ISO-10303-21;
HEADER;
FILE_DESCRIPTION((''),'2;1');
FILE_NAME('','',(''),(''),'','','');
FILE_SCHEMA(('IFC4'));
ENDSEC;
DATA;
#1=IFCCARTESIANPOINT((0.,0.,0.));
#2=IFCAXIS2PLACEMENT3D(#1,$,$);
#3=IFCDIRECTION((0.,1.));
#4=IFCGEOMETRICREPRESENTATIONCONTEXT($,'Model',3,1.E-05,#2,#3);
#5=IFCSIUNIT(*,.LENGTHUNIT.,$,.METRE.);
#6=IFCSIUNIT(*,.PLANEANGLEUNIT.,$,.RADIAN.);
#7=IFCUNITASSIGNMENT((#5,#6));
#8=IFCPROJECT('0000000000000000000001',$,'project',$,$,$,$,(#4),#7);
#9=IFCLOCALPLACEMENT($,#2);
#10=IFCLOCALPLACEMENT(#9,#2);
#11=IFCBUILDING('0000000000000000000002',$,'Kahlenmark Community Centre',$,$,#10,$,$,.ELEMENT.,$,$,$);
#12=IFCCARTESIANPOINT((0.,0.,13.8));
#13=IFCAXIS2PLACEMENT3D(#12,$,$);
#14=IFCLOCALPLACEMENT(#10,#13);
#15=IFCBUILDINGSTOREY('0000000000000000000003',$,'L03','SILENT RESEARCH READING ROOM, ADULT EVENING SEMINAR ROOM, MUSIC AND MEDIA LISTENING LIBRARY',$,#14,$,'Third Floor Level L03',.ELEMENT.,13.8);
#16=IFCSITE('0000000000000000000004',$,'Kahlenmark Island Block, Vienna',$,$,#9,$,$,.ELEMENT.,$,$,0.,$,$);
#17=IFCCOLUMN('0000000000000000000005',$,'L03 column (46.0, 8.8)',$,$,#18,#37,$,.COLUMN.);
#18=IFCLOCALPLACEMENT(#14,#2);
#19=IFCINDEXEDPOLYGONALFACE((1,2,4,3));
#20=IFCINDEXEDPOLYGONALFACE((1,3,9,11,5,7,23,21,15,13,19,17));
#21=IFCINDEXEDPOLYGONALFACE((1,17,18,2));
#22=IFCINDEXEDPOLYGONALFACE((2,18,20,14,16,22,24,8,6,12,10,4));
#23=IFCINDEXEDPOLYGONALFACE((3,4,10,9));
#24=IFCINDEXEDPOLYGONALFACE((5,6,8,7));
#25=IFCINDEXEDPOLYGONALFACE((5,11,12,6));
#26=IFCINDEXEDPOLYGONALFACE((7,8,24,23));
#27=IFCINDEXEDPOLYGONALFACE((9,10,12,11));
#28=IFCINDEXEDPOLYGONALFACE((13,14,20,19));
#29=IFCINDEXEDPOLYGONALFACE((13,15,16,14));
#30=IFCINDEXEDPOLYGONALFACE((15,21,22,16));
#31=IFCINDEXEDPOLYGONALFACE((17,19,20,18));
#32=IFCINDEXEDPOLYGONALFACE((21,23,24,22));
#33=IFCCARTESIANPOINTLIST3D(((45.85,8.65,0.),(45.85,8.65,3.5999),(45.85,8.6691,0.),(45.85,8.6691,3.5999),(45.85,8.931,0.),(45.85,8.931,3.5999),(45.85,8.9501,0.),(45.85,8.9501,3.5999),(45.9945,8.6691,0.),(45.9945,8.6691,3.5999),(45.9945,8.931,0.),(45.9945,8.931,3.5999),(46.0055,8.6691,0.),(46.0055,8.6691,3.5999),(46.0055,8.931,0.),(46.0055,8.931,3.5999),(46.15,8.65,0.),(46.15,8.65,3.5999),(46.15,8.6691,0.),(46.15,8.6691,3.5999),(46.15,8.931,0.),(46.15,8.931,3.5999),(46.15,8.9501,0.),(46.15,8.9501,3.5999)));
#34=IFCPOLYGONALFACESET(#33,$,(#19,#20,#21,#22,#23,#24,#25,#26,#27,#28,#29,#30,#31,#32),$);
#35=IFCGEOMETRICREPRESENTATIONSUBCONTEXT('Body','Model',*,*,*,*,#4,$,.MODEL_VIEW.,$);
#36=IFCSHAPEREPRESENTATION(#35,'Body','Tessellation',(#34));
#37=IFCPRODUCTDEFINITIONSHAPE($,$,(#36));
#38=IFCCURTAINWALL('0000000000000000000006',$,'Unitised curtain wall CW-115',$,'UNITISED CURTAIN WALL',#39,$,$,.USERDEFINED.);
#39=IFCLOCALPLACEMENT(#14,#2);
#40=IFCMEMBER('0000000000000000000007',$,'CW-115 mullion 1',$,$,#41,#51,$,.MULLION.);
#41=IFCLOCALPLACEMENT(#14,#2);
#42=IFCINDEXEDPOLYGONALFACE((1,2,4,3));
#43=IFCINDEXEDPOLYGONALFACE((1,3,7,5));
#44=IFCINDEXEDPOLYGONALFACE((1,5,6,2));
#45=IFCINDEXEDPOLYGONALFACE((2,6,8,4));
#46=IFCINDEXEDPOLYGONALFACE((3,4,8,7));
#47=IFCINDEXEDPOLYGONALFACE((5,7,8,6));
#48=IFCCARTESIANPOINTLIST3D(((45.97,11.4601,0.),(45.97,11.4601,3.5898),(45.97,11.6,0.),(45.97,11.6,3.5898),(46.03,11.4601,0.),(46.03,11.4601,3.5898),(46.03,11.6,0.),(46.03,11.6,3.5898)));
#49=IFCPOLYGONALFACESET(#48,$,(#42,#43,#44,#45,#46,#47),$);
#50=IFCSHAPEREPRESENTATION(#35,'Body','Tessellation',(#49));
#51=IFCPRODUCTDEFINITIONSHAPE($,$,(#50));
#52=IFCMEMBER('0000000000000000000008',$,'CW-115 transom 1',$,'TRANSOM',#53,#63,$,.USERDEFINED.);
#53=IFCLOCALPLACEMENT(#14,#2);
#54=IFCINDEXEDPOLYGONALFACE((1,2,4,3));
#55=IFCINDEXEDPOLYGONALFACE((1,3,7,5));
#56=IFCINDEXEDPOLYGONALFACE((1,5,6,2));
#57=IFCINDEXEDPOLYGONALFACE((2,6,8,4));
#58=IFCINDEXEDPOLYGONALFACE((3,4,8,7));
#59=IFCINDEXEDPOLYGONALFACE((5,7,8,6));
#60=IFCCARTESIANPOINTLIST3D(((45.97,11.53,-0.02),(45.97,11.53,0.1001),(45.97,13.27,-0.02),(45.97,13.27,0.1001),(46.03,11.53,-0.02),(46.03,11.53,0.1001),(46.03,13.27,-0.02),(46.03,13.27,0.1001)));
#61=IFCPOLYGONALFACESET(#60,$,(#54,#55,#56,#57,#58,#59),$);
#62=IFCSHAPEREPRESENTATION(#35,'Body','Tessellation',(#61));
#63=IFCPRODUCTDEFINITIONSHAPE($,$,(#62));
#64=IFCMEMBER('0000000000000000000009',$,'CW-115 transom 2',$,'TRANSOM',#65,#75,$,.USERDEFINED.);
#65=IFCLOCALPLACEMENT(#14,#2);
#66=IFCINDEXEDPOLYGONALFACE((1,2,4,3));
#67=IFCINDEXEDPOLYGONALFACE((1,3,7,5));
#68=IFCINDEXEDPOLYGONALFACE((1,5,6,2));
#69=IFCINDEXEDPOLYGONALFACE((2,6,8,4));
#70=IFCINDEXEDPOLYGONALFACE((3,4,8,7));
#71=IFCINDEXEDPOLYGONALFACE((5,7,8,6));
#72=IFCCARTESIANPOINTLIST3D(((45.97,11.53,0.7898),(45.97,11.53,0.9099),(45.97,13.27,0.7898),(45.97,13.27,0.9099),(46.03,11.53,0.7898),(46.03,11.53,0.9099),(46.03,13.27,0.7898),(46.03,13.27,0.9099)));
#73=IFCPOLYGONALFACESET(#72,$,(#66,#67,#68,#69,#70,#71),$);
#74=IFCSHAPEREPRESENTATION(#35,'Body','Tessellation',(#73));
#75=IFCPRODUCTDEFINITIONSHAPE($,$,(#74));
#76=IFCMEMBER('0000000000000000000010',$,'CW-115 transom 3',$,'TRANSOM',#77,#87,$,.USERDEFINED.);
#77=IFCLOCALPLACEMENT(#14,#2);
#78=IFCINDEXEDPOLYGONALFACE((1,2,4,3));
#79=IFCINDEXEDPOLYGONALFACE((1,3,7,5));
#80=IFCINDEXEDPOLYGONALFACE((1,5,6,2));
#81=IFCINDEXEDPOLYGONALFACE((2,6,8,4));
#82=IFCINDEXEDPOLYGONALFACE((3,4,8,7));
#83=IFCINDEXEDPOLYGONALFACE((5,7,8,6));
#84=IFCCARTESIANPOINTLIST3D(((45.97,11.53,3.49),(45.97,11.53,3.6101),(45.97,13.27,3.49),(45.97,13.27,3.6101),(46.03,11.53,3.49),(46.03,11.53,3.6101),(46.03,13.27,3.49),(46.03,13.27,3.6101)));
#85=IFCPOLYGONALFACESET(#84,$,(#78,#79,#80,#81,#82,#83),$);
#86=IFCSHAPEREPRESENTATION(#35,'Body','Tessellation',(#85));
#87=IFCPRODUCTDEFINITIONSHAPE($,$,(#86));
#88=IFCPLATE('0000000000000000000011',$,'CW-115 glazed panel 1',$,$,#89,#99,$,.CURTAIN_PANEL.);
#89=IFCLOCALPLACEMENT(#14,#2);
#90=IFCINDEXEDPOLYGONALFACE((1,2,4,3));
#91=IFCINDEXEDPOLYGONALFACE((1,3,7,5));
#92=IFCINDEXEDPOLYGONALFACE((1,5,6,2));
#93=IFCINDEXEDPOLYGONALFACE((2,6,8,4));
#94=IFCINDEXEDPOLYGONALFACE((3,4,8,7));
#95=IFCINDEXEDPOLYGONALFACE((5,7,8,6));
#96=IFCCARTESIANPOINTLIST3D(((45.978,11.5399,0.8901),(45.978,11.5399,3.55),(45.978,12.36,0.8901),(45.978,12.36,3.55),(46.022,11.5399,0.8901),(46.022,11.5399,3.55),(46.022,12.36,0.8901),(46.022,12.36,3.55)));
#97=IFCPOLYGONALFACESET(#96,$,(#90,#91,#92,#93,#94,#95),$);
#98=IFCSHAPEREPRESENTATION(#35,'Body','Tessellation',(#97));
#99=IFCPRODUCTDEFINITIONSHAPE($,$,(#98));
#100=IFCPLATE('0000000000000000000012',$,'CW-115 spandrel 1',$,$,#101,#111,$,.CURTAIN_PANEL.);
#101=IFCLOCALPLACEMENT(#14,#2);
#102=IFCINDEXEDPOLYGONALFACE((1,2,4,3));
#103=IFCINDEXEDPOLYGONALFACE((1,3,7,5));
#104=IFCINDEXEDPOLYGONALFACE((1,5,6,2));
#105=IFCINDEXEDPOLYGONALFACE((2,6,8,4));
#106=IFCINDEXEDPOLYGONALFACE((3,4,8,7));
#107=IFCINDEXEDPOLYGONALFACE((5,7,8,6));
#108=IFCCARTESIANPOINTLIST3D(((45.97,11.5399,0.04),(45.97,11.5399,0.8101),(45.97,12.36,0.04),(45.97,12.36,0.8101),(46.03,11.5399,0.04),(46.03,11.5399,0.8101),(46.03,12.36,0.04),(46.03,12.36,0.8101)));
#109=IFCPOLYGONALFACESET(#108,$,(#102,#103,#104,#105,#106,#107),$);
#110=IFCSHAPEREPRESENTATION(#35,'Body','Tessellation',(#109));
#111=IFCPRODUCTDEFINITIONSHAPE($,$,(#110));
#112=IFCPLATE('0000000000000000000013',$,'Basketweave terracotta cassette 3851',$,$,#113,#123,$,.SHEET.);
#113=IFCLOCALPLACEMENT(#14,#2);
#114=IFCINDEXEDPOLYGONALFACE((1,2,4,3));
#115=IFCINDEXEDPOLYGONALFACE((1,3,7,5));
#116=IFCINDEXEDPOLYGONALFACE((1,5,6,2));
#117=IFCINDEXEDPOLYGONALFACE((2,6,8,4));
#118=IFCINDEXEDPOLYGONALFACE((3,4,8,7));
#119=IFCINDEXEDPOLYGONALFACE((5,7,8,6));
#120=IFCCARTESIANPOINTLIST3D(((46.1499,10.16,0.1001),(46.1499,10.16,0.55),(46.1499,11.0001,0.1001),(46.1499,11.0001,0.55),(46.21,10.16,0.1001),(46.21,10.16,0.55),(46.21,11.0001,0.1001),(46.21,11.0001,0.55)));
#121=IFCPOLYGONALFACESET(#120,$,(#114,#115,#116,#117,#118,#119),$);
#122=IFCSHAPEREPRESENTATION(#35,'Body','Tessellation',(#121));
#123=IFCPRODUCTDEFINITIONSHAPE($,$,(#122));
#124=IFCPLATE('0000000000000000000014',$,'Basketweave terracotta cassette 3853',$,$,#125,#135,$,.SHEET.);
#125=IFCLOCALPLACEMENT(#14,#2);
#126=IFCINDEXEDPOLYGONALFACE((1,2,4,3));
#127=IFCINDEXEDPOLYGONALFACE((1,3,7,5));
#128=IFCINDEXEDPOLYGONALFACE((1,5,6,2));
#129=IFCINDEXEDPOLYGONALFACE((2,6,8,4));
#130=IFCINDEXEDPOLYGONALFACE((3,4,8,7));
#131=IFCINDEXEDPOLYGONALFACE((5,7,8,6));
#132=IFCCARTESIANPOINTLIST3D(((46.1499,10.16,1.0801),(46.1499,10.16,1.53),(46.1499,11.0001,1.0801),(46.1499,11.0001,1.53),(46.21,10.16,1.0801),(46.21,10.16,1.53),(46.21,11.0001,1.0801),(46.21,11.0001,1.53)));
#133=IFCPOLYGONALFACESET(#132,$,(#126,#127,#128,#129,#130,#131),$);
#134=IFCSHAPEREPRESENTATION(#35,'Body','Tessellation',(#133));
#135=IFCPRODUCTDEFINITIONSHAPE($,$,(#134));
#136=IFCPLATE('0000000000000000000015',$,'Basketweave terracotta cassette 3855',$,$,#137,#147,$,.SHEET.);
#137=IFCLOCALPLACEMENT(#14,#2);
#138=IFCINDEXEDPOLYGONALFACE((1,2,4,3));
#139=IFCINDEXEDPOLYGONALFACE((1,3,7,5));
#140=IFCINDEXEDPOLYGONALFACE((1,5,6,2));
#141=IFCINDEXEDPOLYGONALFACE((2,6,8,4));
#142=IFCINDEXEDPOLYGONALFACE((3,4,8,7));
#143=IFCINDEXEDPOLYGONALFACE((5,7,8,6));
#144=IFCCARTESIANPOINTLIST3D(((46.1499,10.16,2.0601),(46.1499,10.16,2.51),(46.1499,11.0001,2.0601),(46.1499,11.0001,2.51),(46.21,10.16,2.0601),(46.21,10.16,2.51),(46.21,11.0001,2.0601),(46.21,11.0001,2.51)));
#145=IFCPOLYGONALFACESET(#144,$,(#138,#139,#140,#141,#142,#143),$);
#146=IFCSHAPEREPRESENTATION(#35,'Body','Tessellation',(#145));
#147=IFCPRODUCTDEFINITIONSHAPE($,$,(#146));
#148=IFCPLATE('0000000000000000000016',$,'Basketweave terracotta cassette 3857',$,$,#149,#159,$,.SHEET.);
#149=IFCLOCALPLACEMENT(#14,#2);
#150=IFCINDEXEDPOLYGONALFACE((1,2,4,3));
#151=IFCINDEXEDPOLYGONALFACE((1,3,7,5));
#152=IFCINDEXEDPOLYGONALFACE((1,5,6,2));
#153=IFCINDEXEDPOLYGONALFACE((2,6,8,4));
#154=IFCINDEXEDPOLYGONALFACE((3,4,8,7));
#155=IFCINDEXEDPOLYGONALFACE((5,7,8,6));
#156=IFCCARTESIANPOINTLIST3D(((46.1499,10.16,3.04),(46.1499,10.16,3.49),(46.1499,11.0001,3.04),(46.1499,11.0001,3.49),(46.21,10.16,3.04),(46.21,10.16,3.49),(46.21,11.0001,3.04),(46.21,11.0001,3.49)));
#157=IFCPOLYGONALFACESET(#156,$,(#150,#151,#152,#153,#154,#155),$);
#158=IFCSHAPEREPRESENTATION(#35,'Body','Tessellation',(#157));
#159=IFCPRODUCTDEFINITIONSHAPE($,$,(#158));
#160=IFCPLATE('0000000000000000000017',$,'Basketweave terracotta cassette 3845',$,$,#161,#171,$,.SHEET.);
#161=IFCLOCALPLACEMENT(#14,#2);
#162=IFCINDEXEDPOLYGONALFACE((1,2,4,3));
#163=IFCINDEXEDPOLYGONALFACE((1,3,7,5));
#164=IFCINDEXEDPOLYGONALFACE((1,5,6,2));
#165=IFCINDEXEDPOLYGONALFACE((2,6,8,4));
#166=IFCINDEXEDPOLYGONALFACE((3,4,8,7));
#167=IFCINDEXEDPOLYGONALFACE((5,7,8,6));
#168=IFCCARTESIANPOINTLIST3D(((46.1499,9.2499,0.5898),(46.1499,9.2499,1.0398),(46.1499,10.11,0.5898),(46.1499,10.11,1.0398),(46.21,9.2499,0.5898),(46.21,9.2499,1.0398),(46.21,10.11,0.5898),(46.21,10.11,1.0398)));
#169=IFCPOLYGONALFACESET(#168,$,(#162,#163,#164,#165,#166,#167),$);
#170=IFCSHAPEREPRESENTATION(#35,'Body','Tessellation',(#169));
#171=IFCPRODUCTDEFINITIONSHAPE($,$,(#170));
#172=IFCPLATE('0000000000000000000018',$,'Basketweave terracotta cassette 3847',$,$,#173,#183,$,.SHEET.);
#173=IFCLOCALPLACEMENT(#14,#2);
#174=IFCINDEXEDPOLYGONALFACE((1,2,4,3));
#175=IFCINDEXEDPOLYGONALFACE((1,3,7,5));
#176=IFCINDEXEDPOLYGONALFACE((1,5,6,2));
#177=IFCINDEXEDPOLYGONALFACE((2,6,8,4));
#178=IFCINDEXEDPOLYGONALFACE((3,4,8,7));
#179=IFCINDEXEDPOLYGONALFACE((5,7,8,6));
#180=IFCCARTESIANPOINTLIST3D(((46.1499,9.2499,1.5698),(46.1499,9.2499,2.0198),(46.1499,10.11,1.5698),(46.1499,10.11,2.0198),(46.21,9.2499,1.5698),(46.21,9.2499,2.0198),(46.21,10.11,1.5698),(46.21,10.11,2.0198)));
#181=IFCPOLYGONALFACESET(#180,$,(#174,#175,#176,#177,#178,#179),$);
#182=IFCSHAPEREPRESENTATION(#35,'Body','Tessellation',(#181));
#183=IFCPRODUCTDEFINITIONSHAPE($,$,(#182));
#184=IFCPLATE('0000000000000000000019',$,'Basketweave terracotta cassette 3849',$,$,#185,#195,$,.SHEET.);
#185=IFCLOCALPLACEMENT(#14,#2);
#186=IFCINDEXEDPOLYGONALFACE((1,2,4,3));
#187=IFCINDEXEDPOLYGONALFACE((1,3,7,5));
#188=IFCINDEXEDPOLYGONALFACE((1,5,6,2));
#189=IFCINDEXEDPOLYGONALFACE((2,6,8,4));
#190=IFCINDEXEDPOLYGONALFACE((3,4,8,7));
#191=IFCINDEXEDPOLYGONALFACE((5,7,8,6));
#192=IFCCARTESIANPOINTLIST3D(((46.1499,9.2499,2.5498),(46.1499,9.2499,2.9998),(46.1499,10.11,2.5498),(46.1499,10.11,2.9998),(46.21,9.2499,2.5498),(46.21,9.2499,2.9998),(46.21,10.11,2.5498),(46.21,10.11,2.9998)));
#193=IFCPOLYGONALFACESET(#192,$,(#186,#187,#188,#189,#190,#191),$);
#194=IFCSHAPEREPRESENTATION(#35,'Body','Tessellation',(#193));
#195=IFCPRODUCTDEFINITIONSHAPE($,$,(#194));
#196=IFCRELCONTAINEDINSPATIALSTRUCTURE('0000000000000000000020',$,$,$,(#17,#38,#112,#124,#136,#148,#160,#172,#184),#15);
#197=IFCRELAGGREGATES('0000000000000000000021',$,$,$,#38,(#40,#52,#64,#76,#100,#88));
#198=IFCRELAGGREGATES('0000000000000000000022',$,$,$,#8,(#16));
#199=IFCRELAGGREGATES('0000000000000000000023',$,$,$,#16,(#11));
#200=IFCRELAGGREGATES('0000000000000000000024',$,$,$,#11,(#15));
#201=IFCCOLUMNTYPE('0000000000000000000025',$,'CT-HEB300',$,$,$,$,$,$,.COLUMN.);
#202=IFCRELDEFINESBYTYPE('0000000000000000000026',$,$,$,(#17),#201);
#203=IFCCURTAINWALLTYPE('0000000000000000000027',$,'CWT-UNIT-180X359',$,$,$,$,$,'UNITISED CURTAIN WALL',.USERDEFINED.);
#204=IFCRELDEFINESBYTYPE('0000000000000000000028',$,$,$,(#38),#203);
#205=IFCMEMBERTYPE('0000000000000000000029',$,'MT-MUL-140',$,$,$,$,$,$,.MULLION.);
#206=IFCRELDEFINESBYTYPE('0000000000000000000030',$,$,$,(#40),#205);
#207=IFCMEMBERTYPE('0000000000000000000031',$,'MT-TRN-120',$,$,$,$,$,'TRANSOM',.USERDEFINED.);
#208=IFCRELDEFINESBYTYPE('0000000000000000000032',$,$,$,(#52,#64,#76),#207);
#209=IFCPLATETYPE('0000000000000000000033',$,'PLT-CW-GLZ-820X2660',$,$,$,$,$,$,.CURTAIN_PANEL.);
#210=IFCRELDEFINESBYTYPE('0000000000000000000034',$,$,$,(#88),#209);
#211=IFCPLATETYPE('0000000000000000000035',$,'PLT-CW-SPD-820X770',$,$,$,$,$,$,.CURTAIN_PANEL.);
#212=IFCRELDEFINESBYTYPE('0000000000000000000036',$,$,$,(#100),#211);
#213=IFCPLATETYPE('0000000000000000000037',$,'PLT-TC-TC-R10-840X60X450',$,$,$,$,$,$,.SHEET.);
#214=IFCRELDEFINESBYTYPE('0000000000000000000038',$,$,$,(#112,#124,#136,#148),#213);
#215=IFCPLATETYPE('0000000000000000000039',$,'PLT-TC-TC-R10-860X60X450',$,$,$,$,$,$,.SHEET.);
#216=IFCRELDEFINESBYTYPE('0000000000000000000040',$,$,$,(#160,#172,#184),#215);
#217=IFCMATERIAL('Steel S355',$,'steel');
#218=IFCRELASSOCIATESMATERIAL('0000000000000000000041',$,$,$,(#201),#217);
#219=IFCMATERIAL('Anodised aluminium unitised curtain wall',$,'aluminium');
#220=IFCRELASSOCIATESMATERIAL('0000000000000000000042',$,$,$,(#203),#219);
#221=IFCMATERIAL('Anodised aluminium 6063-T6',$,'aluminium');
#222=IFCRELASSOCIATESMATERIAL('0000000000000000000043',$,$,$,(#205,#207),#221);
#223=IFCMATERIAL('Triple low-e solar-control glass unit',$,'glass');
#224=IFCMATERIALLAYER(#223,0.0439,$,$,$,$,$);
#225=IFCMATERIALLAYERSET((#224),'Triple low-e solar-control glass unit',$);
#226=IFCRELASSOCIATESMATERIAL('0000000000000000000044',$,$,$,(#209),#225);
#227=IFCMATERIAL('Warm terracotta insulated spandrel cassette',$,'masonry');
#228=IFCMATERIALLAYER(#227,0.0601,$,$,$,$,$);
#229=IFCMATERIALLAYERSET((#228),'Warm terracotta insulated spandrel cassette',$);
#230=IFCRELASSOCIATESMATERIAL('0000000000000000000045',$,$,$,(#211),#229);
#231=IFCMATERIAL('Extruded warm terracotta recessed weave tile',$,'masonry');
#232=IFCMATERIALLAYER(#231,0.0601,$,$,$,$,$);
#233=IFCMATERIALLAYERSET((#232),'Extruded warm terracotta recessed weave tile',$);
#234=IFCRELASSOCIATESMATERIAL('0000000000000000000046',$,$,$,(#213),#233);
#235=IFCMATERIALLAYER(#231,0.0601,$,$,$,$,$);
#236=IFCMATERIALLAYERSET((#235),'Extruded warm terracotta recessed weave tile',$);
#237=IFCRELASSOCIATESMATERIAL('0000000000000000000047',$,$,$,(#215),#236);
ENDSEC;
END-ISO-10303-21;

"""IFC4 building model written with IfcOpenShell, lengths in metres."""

from ifc_helpers import new_model, si_unit, direction, frame, origin, origin_2d, place, context, subcontext, project, spatial, rectangle, i_section, extrude, material, layer, layer_set, material_profile, profile_set, type_object, element, aggregate, save


model = new_model("IFC4")

# Units and contexts
model_context = context("Model", 3, precision=1e-05, world=origin(), true_north=direction((0.0, 1.0)))
body_context = subcontext(model_context, "Body", "Model", "MODEL_VIEW")
ifc_project = project(units=[si_unit("LENGTHUNIT", "METRE"), si_unit("PLANEANGLEUNIT", "RADIAN")], contexts=[model_context])

# Site, building, storey
site_placement = place(None, origin())
site = spatial("IfcSite", under=ifc_project, at=site_placement, Name="Kahlenmark Island Block, Vienna", CompositionType="ELEMENT", RefElevation=0.0)
building_placement = place(site_placement, origin())
building = spatial("IfcBuilding", under=site, at=building_placement, Name="Kahlenmark Community Centre", CompositionType="ELEMENT")
storey_placement = place(building_placement, frame((0.0, 0.0, 13.8)))
storey = spatial("IfcBuildingStorey", under=building, at=storey_placement, Name="L03", Description="SILENT RESEARCH READING ROOM, ADULT EVENING SEMINAR ROOM, MUSIC AND MEDIA LISTENING LIBRARY", LongName="Third Floor Level L03", CompositionType="ELEMENT", Elevation=13.8)

# Column
ifc_material_1 = material(Name="Steel S355", Category="steel")
ifc_material_profile_1 = material_profile(ifc_material_1, i_section(OverallWidth=0.3, OverallDepth=0.3, WebThickness=0.011, FlangeThickness=0.019, at=origin_2d()), Name="HEB 300")
ifc_profile_set_1 = profile_set([ifc_material_profile_1], Name="Steel S355")
column_type = type_object("IfcColumnType", Name="CT-HEB300", PredefinedType="COLUMN", material=ifc_profile_set_1)
column_placement = place(storey_placement, frame((46.0, 8.8, 0.0), z_axis=(0.0, 0.0, 1.0), x_axis=(1.0, 0.0, 0.0)))
element("IfcColumn", 1, at=column_placement, inside=storey, type_object=column_type, Name="L03 column (46.0, 8.8)", PredefinedType="COLUMN", context=body_context, shape_type="SweptSolid", body=[
    extrude(i_section(OverallWidth=0.3, OverallDepth=0.3, WebThickness=0.011, FlangeThickness=0.019, at=origin_2d()), origin(), (0.0, 0.0, 1.0), 3.5999),
])

# Curtain wall, members, plates
ifc_material_2 = material(Name="Anodised aluminium unitised curtain wall", Category="aluminium")
curtain_wall_type = type_object("IfcCurtainWallType", Name="CWT-UNIT-180X359", ElementType="UNITISED CURTAIN WALL", PredefinedType="USERDEFINED", material=ifc_material_2)
curtain_wall_placement = place(storey_placement, origin())
curtain_wall = element("IfcCurtainWall", 2, at=curtain_wall_placement, inside=storey, type_object=curtain_wall_type, Name="Unitised curtain wall CW-115", ObjectType="UNITISED CURTAIN WALL", PredefinedType="USERDEFINED")
ifc_material_3 = material(Name="Anodised aluminium 6063-T6", Category="aluminium")
ifc_material_profile_2 = material_profile(ifc_material_3, rectangle(XDim=0.0601, YDim=0.1399, at=origin_2d()), Name="ALU MULLION 60x140")
ifc_profile_set_2 = profile_set([ifc_material_profile_2], Name="Anodised aluminium 6063-T6")
member_type_1 = type_object("IfcMemberType", Name="MT-MUL-140", PredefinedType="MULLION", material=ifc_profile_set_2)
member_1_placement = place(storey_placement, frame((46.0, 11.53, 0.0), z_axis=(0.0, 0.0, 1.0), x_axis=(-1.0, 0.0, 0.0)))
member_1 = element("IfcMember", 3, at=member_1_placement, type_object=member_type_1, Name="CW-115 mullion 1", PredefinedType="MULLION", context=body_context, shape_type="SweptSolid", body=[
    extrude(rectangle(XDim=0.0601, YDim=0.1399, at=origin_2d()), origin(), (0.0, 0.0, 1.0), 3.5898),
])
ifc_material_profile_3 = material_profile(ifc_material_3, rectangle(XDim=0.0601, YDim=0.1201, at=origin_2d()), Name="ALU TRANSOM 60x120")
ifc_profile_set_3 = profile_set([ifc_material_profile_3], Name="Anodised aluminium 6063-T6")
member_type_2 = type_object("IfcMemberType", Name="MT-TRN-120", ElementType="TRANSOM", PredefinedType="USERDEFINED", material=ifc_profile_set_3)
member_2_placement = place(storey_placement, frame((46.0, 11.53, 0.04), z_axis=(0.0, 1.0, 0.0), x_axis=(-1.0, 0.0, 0.0)))
member_2 = element("IfcMember", 4, at=member_2_placement, type_object=member_type_2, Name="CW-115 transom 1", ObjectType="TRANSOM", PredefinedType="USERDEFINED", context=body_context, shape_type="SweptSolid", body=[
    extrude(rectangle(XDim=0.0601, YDim=0.1201, at=origin_2d()), origin(), (0.0, 0.0, 1.0), 1.74),
])
member_3_placement = place(storey_placement, frame((46.0, 11.53, 0.8499), z_axis=(0.0, 1.0, 0.0), x_axis=(-1.0, 0.0, 0.0)))
member_3 = element("IfcMember", 5, at=member_3_placement, type_object=member_type_2, Name="CW-115 transom 2", ObjectType="TRANSOM", PredefinedType="USERDEFINED", context=body_context, shape_type="SweptSolid", body=[
    extrude(rectangle(XDim=0.0601, YDim=0.1201, at=origin_2d()), origin(), (0.0, 0.0, 1.0), 1.74),
])
member_4_placement = place(storey_placement, frame((46.0, 11.53, 3.55), z_axis=(0.0, 1.0, 0.0), x_axis=(-1.0, 0.0, 0.0)))
member_4 = element("IfcMember", 6, at=member_4_placement, type_object=member_type_2, Name="CW-115 transom 3", ObjectType="TRANSOM", PredefinedType="USERDEFINED", context=body_context, shape_type="SweptSolid", body=[
    extrude(rectangle(XDim=0.0601, YDim=0.1201, at=origin_2d()), origin(), (0.0, 0.0, 1.0), 1.74),
])
ifc_material_4 = material(Name="Triple low-e solar-control glass unit", Category="glass")
ifc_layer_1 = layer(ifc_material_4, 0.0439)
ifc_layer_set_1 = layer_set([ifc_layer_1], Name="Triple low-e solar-control glass unit")
plate_type_1 = type_object("IfcPlateType", Name="PLT-CW-GLZ-820X2660", PredefinedType="CURTAIN_PANEL", material=ifc_layer_set_1)
plate_1_placement = place(storey_placement, frame((46.0, 11.95, 0.8901), z_axis=(0.0, 0.0, 1.0), x_axis=(0.0, 1.0, 0.0)))
plate_1 = element("IfcPlate", 7, at=plate_1_placement, type_object=plate_type_1, Name="CW-115 glazed panel 1", PredefinedType="CURTAIN_PANEL", context=body_context, shape_type="SweptSolid", body=[
    extrude(rectangle(XDim=0.8201, YDim=0.0439, at=origin_2d()), origin(), (0.0, 0.0, 1.0), 2.6599),
])
ifc_material_5 = material(Name="Warm terracotta insulated spandrel cassette", Category="masonry")
ifc_layer_2 = layer(ifc_material_5, 0.0601)
ifc_layer_set_2 = layer_set([ifc_layer_2], Name="Warm terracotta insulated spandrel cassette")
plate_type_2 = type_object("IfcPlateType", Name="PLT-CW-SPD-820X770", PredefinedType="CURTAIN_PANEL", material=ifc_layer_set_2)
plate_2_placement = place(storey_placement, frame((46.0, 11.95, 0.04), z_axis=(0.0, 0.0, 1.0), x_axis=(0.0, 1.0, 0.0)))
plate_2 = element("IfcPlate", 8, at=plate_2_placement, type_object=plate_type_2, Name="CW-115 spandrel 1", PredefinedType="CURTAIN_PANEL", context=body_context, shape_type="SweptSolid", body=[
    extrude(rectangle(XDim=0.8201, YDim=0.0601, at=origin_2d()), origin(), (0.0, 0.0, 1.0), 0.77),
])
aggregate(curtain_wall, [member_1, member_2, member_3, member_4, plate_2, plate_1])

# Plates
ifc_material_6 = material(Name="Extruded warm terracotta recessed weave tile", Category="masonry")
ifc_layer_3 = layer(ifc_material_6, 0.0601)
ifc_layer_set_3 = layer_set([ifc_layer_3], Name="Extruded warm terracotta recessed weave tile")
plate_type_3 = type_object("IfcPlateType", Name="PLT-TC-TC-R10-840X60X450", PredefinedType="SHEET", material=ifc_layer_set_3)
for number, where, z_axis, x_axis, name in (
    (9, (46.1799, 10.5801, 0.1001), (0.0, 0.0, 1.0), (0.0, 1.0, 0.0), "Basketweave terracotta cassette 3851"),
    (10, (46.1799, 10.5801, 1.0801), (0.0, 0.0, 1.0), (0.0, 1.0, 0.0), "Basketweave terracotta cassette 3853"),
    (11, (46.1799, 10.5801, 2.0601), (0.0, 0.0, 1.0), (0.0, 1.0, 0.0), "Basketweave terracotta cassette 3855"),
    (12, (46.1799, 10.5801, 3.04), (0.0, 0.0, 1.0), (0.0, 1.0, 0.0), "Basketweave terracotta cassette 3857"),
):
    element("IfcPlate", number, at=place(storey_placement, frame(where, z_axis=z_axis, x_axis=x_axis)), inside=storey, type_object=plate_type_3, Name=name, PredefinedType="SHEET", context=body_context, shape_type="SweptSolid", body=[
        extrude(rectangle(XDim=0.8401, YDim=0.0601, at=origin_2d()), origin(), (0.0, 0.0, 1.0), 0.45),
    ])
ifc_layer_4 = layer(ifc_material_6, 0.0601)
ifc_layer_set_4 = layer_set([ifc_layer_4], Name="Extruded warm terracotta recessed weave tile")
plate_type_4 = type_object("IfcPlateType", Name="PLT-TC-TC-R10-860X60X450", PredefinedType="SHEET", material=ifc_layer_set_4)
for number, where, z_axis, x_axis, name in (
    (13, (46.1799, 9.6799, 0.5898), (0.0, 0.0, 1.0), (0.0, 1.0, 0.0), "Basketweave terracotta cassette 3845"),
    (14, (46.1799, 9.6799, 1.5698), (0.0, 0.0, 1.0), (0.0, 1.0, 0.0), "Basketweave terracotta cassette 3847"),
    (15, (46.1799, 9.6799, 2.5498), (0.0, 0.0, 1.0), (0.0, 1.0, 0.0), "Basketweave terracotta cassette 3849"),
):
    element("IfcPlate", number, at=place(storey_placement, frame(where, z_axis=z_axis, x_axis=x_axis)), inside=storey, type_object=plate_type_4, Name=name, PredefinedType="SHEET", context=body_context, shape_type="SweptSolid", body=[
        extrude(rectangle(XDim=0.8601, YDim=0.0601, at=origin_2d()), origin(), (0.0, 0.0, 1.0), 0.45),
    ])

save(model, "model.ifc")
